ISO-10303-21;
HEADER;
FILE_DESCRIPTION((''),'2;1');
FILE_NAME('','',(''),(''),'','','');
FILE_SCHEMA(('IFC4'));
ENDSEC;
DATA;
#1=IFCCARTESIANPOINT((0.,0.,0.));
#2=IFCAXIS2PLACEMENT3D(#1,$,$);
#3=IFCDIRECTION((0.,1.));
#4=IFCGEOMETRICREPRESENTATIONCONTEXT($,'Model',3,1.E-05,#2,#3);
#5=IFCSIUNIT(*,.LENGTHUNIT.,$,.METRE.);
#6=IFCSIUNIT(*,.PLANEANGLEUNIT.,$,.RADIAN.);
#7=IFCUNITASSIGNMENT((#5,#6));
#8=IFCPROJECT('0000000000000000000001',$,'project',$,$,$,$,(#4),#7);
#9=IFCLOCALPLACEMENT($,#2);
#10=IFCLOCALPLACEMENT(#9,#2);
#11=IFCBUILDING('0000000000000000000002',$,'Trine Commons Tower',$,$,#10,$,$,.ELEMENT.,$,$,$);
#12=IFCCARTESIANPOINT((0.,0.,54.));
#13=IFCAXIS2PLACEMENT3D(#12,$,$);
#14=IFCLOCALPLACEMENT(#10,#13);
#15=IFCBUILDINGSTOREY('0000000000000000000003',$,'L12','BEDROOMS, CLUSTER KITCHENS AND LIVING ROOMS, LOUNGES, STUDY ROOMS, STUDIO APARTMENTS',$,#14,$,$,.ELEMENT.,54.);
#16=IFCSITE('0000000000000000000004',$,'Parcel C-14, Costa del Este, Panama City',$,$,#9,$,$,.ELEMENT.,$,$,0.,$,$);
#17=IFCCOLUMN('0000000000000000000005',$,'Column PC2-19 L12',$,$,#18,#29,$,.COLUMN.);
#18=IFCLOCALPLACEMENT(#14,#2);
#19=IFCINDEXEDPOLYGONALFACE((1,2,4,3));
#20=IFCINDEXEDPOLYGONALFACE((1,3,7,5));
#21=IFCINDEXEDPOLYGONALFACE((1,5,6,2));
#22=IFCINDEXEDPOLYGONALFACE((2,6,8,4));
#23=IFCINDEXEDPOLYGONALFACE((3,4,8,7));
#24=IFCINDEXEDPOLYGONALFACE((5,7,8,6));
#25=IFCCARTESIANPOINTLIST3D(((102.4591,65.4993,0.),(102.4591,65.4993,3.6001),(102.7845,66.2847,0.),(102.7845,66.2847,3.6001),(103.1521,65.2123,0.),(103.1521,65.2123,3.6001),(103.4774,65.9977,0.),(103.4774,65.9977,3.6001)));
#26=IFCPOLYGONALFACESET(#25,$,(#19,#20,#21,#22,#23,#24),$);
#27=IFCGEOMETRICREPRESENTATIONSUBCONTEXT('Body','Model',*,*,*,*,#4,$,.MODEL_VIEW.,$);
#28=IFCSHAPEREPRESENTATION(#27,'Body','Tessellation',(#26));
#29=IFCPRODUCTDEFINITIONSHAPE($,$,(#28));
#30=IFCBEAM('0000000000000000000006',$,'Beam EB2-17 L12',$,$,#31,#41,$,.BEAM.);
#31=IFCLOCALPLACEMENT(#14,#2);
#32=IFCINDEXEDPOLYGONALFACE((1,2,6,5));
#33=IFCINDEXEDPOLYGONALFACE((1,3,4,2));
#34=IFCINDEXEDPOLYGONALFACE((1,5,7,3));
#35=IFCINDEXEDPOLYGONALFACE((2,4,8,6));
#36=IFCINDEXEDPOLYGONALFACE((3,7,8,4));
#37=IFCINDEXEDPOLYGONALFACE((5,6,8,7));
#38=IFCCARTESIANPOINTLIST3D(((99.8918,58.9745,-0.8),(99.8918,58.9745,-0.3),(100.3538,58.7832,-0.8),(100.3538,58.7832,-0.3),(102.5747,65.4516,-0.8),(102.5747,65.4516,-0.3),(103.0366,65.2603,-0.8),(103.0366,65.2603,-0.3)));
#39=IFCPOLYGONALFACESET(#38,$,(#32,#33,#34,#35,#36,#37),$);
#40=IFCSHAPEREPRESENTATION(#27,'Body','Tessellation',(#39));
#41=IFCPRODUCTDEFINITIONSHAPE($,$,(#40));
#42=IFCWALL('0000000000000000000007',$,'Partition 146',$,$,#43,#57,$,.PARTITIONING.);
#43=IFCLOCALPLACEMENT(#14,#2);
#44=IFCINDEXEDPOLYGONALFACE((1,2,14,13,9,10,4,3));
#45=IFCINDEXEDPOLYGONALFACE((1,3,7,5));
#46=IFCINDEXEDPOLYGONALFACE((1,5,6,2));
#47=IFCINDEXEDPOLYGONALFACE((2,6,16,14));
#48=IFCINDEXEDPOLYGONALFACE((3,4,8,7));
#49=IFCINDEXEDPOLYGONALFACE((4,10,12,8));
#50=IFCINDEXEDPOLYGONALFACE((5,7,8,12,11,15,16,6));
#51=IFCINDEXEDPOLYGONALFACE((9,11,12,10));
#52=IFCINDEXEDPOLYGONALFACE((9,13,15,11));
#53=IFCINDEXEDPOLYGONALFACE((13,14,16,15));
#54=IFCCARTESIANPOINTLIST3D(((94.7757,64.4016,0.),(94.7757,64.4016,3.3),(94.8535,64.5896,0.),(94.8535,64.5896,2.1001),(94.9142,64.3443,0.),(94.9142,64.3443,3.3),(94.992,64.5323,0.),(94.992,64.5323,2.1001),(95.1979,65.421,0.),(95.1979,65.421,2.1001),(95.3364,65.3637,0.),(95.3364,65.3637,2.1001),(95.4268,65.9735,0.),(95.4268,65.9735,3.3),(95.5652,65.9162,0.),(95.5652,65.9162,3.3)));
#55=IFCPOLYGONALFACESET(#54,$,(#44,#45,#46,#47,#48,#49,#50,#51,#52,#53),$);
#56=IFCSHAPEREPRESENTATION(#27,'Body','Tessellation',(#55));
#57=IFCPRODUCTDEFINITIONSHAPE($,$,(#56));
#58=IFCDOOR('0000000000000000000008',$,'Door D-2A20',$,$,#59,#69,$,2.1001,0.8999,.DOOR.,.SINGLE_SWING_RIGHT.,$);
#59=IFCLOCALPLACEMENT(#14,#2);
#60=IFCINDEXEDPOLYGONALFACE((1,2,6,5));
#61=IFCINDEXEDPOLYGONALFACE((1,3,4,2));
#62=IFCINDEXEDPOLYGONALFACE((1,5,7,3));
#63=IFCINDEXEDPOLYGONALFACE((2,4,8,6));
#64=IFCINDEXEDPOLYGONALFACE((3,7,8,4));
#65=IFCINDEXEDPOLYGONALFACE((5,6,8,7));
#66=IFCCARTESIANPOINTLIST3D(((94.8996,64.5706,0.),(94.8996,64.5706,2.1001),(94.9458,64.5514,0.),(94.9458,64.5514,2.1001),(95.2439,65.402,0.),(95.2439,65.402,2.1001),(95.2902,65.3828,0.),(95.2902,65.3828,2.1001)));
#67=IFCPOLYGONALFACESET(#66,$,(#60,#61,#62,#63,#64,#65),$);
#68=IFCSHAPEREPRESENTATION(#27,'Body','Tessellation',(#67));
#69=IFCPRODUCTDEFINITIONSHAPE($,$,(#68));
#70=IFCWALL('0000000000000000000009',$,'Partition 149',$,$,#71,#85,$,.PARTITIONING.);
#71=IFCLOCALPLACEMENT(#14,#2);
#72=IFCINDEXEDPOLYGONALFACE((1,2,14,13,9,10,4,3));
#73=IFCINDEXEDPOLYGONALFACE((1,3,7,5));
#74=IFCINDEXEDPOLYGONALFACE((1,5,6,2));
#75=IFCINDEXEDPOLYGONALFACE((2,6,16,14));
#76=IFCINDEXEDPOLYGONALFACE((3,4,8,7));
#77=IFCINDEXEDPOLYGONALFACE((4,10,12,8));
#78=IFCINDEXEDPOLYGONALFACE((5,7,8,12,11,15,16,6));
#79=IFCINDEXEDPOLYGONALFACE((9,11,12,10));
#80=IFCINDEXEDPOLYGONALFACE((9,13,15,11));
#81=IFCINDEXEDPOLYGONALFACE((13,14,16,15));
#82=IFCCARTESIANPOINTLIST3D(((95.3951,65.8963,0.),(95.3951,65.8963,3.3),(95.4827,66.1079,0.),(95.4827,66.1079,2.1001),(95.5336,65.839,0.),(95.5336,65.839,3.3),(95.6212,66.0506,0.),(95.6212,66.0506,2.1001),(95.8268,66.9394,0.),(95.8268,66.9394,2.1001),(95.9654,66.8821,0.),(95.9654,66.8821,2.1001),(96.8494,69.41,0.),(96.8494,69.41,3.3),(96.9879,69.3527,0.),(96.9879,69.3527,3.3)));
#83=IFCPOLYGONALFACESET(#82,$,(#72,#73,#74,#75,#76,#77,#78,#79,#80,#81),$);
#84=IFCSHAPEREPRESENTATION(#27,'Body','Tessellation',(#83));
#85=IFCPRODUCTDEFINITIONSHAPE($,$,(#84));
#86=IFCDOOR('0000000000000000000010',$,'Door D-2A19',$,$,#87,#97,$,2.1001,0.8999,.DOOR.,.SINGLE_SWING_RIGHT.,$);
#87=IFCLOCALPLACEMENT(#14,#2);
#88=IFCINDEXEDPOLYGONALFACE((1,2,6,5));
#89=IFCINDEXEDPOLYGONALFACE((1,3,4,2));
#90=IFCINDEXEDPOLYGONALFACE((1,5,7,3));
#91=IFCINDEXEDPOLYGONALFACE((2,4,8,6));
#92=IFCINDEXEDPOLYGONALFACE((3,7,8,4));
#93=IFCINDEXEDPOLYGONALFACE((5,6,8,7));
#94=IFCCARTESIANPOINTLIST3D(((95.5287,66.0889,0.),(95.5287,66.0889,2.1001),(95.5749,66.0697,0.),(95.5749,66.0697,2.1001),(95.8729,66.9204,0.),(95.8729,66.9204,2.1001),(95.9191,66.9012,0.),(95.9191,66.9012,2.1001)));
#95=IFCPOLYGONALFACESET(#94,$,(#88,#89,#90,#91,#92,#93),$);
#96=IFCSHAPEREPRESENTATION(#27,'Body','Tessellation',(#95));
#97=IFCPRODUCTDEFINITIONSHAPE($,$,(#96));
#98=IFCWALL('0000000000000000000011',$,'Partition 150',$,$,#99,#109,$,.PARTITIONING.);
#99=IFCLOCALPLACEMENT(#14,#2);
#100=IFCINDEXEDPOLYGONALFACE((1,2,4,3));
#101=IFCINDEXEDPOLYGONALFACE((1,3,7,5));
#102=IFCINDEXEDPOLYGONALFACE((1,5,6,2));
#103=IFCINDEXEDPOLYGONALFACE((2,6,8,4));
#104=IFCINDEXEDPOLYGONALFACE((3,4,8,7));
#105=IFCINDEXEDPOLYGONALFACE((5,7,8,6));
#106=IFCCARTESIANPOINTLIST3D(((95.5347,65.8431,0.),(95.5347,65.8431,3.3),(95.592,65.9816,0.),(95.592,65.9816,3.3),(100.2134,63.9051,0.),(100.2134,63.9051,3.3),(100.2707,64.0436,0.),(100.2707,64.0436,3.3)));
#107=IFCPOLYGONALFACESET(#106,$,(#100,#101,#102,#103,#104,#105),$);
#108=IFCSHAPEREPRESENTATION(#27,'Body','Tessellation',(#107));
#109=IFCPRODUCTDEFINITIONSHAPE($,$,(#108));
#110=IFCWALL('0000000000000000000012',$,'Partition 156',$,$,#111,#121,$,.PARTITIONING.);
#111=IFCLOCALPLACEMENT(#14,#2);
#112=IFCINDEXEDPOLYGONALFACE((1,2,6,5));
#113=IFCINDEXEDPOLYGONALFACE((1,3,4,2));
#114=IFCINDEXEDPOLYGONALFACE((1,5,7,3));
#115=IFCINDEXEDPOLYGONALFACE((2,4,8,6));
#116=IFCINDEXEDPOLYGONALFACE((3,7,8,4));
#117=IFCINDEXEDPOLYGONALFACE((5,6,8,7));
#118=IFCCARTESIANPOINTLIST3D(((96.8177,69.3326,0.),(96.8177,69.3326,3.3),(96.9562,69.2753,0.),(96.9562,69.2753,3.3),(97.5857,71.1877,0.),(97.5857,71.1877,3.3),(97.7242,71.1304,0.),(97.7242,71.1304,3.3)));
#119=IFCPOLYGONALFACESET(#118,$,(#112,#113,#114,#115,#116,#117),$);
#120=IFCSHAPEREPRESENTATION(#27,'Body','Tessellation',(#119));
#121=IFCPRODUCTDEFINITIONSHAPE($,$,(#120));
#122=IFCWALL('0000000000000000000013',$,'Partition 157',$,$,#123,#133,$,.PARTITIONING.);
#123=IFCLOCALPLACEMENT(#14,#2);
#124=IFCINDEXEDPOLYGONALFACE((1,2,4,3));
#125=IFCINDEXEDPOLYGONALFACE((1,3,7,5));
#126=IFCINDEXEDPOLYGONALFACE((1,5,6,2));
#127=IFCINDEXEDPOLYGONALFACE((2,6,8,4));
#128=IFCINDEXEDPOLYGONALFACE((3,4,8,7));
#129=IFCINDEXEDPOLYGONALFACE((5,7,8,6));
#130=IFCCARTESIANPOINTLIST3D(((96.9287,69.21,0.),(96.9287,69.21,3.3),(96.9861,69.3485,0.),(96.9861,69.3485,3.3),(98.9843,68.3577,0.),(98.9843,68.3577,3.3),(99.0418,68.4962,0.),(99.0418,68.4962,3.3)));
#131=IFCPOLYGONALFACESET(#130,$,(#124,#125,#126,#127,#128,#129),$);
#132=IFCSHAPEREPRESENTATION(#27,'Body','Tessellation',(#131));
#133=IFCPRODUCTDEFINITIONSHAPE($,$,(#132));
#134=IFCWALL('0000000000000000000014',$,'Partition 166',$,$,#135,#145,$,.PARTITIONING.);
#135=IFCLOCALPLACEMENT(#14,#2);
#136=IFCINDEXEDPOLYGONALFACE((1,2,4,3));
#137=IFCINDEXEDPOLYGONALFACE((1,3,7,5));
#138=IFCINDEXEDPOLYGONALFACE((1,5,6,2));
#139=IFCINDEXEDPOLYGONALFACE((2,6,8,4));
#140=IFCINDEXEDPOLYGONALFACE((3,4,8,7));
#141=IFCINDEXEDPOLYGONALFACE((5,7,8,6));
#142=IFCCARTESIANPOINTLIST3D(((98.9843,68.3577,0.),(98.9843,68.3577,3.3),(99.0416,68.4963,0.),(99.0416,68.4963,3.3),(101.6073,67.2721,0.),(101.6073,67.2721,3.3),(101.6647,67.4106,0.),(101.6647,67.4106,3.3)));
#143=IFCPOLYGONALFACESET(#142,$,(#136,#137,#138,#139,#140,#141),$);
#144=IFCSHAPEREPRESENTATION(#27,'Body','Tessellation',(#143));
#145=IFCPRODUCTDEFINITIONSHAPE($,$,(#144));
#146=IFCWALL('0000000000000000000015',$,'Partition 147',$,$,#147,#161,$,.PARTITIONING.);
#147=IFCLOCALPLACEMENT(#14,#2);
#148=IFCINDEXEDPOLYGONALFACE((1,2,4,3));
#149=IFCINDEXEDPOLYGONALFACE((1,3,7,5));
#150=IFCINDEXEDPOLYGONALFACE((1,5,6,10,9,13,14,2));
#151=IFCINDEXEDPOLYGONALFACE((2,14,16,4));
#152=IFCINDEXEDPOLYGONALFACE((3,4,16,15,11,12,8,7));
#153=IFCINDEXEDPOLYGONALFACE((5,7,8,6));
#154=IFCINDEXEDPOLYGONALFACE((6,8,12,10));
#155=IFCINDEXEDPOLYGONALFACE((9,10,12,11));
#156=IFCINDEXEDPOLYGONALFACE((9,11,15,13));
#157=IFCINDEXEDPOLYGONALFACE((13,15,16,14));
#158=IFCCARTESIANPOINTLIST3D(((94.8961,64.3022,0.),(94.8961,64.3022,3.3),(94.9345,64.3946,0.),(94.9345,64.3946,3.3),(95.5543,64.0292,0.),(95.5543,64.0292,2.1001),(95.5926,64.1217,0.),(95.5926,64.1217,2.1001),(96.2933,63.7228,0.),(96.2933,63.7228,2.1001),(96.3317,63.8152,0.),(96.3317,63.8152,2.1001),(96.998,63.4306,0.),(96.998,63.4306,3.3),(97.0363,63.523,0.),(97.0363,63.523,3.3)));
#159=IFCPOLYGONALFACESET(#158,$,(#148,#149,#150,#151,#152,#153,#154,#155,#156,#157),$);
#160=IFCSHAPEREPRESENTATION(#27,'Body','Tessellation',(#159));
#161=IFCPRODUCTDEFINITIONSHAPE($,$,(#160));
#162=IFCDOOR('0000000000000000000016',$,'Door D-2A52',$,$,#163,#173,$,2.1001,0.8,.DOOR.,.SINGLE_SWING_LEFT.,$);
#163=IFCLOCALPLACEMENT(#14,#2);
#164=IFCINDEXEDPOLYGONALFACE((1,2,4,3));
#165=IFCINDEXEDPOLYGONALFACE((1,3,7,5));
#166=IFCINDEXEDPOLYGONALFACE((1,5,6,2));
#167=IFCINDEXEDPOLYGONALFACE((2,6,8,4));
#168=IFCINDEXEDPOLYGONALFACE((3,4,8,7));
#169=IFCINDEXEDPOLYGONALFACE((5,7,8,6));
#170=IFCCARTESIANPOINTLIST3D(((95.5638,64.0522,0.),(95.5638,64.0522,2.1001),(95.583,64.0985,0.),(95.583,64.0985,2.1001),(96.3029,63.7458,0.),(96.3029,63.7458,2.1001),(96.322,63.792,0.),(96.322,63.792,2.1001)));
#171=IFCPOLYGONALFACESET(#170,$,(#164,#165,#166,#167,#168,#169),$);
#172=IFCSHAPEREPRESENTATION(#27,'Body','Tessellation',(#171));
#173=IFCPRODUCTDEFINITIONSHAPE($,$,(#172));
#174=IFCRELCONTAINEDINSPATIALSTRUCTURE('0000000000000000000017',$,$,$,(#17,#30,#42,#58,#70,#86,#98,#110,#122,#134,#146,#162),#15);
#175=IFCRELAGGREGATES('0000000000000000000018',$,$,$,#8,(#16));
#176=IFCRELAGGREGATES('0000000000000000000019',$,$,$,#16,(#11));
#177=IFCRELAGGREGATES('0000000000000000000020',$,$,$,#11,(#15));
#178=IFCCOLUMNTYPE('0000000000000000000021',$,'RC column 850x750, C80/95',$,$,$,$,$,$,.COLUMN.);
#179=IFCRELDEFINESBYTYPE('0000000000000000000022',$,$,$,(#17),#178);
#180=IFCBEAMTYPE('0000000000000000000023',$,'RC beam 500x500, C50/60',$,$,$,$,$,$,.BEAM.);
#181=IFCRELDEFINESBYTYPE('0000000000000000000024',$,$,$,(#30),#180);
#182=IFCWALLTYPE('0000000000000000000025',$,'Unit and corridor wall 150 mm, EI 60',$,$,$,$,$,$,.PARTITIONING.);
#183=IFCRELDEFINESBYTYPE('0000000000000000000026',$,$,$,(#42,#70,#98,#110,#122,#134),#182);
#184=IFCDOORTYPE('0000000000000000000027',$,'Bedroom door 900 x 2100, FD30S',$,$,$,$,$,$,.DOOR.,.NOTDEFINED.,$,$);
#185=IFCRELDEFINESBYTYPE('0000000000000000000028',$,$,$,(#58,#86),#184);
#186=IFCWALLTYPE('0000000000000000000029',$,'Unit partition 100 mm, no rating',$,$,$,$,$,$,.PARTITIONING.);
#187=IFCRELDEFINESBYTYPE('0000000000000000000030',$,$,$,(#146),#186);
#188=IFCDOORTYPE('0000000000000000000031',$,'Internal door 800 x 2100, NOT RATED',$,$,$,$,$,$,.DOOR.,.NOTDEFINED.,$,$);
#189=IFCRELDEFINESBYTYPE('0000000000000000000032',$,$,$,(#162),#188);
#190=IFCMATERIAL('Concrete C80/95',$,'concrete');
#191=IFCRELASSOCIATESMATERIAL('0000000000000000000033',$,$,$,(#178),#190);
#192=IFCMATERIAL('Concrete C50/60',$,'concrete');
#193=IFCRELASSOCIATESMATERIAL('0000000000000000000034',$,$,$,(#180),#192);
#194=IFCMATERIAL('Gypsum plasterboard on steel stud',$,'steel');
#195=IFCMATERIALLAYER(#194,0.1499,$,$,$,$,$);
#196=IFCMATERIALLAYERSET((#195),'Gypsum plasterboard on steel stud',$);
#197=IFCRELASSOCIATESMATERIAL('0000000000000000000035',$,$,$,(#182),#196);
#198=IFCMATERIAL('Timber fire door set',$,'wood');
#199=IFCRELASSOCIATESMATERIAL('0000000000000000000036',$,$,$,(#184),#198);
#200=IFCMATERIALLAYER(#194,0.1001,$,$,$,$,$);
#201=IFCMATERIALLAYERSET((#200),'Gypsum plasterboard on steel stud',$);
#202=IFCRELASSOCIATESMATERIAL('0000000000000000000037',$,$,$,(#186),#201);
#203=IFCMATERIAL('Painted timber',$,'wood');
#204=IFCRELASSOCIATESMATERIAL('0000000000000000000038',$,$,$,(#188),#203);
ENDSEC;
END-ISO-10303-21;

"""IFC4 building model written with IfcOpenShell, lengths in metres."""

from ifc_helpers import new_model, si_unit, direction, frame, frame_2d, origin, origin_2d, place, context, subcontext, project, spatial, rectangle, extrude, material, layer, layer_set, material_profile, profile_set, type_object, element, fill, save


model = new_model("IFC4")

# Units and contexts
model_context = context("Model", 3, precision=1e-05, world=origin(), true_north=direction((0.0, 1.0)))
body_context = subcontext(model_context, "Body", "Model", "MODEL_VIEW")
ifc_project = project(units=[si_unit("LENGTHUNIT", "METRE"), si_unit("PLANEANGLEUNIT", "RADIAN")], contexts=[model_context])

# Site, building, storey
site_placement = place(None, origin())
site = spatial("IfcSite", under=ifc_project, at=site_placement, Name="Parcel C-14, Costa del Este, Panama City", CompositionType="ELEMENT", RefElevation=0.0)
building_placement = place(site_placement, origin())
building = spatial("IfcBuilding", under=site, at=building_placement, Name="Trine Commons Tower", CompositionType="ELEMENT")
storey_placement = place(building_placement, frame((0.0, 0.0, 54.0)))
storey = spatial("IfcBuildingStorey", under=building, at=storey_placement, Name="L12", Description="BEDROOMS, CLUSTER KITCHENS AND LIVING ROOMS, LOUNGES, STUDY ROOMS, STUDIO APARTMENTS", CompositionType="ELEMENT", Elevation=54.0)

# Column
ifc_material_1 = material(Name="Concrete C80/95", Category="concrete")
ifc_material_profile_1 = material_profile(ifc_material_1, rectangle(XDim=0.8501, YDim=0.75, at=origin_2d()), Name="RC 850x750")
ifc_profile_set_1 = profile_set([ifc_material_profile_1], Name="Concrete C80/95")
column_type = type_object("IfcColumnType", Name="RC column 850x750, C80/95", PredefinedType="COLUMN", material=ifc_profile_set_1)
column_placement = place(storey_placement, frame((102.9683, 65.7485, 0.0), z_axis=(0.0, 0.0, 1.0), x_axis=(0.382683, 0.92388, 0.0)))
element("IfcColumn", 1, at=column_placement, inside=storey, type_object=column_type, Name="Column PC2-19 L12", PredefinedType="COLUMN", context=body_context, shape_type="SweptSolid", body=[
    extrude(rectangle(XDim=0.8501, YDim=0.75, at=origin_2d()), origin(), (0.0, 0.0, 1.0), 3.6001),
])

# Beam
ifc_material_2 = material(Name="Concrete C50/60", Category="concrete")
ifc_material_profile_2 = material_profile(ifc_material_2, rectangle(XDim=0.5, YDim=0.5, at=origin_2d()), Name="RC 500x500")
ifc_profile_set_2 = profile_set([ifc_material_profile_2], Name="Concrete C50/60")
beam_type = type_object("IfcBeamType", Name="RC beam 500x500, C50/60", PredefinedType="BEAM", material=ifc_profile_set_2)
beam_placement = place(storey_placement, frame((102.8057, 65.356, -0.55), z_axis=(-0.382681, -0.923881, 0.0), x_axis=(0.923881, -0.382681, 0.0)))
element("IfcBeam", 2, at=beam_placement, inside=storey, type_object=beam_type, Name="Beam EB2-17 L12", PredefinedType="BEAM", context=body_context, shape_type="SweptSolid", body=[
    extrude(rectangle(XDim=0.5, YDim=0.5, at=origin_2d()), origin(), (0.0, 0.0, 1.0), 7.0107),
])

# Walls, openings, doors
ifc_material_3 = material(Name="Gypsum plasterboard on steel stud", Category="steel")
ifc_layer_1 = layer(ifc_material_3, 0.1499)
ifc_layer_set_1 = layer_set([ifc_layer_1], Name="Gypsum plasterboard on steel stud")
wall_type_1 = type_object("IfcWallType", Name="Unit and corridor wall 150 mm, EI 60", PredefinedType="PARTITIONING", material=ifc_layer_set_1)
wall_1_placement = place(storey_placement, frame((94.845, 64.373, 0.0), z_axis=(0.0, 0.0, 1.0), x_axis=(0.382669, 0.923886, 0.0)))
wall_1 = element("IfcWall", 3, at=wall_1_placement, inside=storey, type_object=wall_type_1, Name="Partition 146", PredefinedType="PARTITIONING", context=body_context, shape_type="SweptSolid", body=[
    extrude(rectangle(XDim=1.7014, YDim=0.1499, at=frame_2d((0.8506, 0.0))), origin(), (0.0, 0.0, 1.0), 3.3),
])
opening_1_placement = place(wall_1_placement, frame((0.2034, 0.0, 0.0)))
opening_1 = element("IfcOpeningElement", 4, at=opening_1_placement, cuts=wall_1, PredefinedType="OPENING", context=body_context, shape_type="SweptSolid", body=[
    extrude(rectangle(XDim=0.8999, YDim=2.1001, at=frame_2d((0.45, 1.05))), frame((0.0, 0.085, 0.0), z_axis=(0.0, -1.0, 0.0), x_axis=(1.0, 0.0, 0.0)), (0.0, 0.0, 1.0), 0.1699),
])
ifc_material_4 = material(Name="Timber fire door set", Category="wood")
door_type_1 = type_object("IfcDoorType", Name="Bedroom door 900 x 2100, FD30S", OperationType="NOTDEFINED", PredefinedType="DOOR", material=ifc_material_4)
door_1_placement = place(opening_1_placement, frame((0.8999, 0.0, 0.0), z_axis=(0.0, 0.0, 1.0), x_axis=(-1.0, 0.0, 0.0)))
door_1 = element("IfcDoor", 5, at=door_1_placement, inside=storey, type_object=door_type_1, Name="Door D-2A20", OperationType="SINGLE_SWING_RIGHT", OverallHeight=2.1001, OverallWidth=0.8999, PredefinedType="DOOR", context=body_context, shape_type="SweptSolid", body=[
    extrude(rectangle(XDim=0.8999, YDim=2.1001, at=frame_2d((0.45, 1.05))), frame((0.0, 0.0249, 0.0), z_axis=(0.0, -1.0, 0.0), x_axis=(1.0, 0.0, 0.0)), (0.0, 0.0, 1.0), 0.05),
])
fill(opening_1, door_1)
wall_2_placement = place(storey_placement, frame((95.4644, 65.8677, 0.0), z_axis=(0.0, 0.0, 1.0), x_axis=(0.382444, 0.923979, 0.0)))
wall_2 = element("IfcWall", 6, at=wall_2_placement, inside=storey, type_object=wall_type_1, Name="Partition 149", PredefinedType="PARTITIONING", context=body_context, shape_type="SweptSolid", body=[
    extrude(rectangle(XDim=3.8027, YDim=0.1499, at=frame_2d((1.9014, 0.0))), origin(), (0.0, 0.0, 1.0), 3.3),
])
opening_2_placement = place(wall_2_placement, frame((0.229, 0.0, 0.0)))
opening_2 = element("IfcOpeningElement", 7, at=opening_2_placement, cuts=wall_2, PredefinedType="OPENING", context=body_context, shape_type="SweptSolid", body=[
    extrude(rectangle(XDim=0.8999, YDim=2.1001, at=frame_2d((0.45, 1.05))), frame((0.0, 0.085, 0.0), z_axis=(0.0, -1.0, 0.0), x_axis=(1.0, 0.0, 0.0)), (0.0, 0.0, 1.0), 0.1699),
])
door_2_placement = place(opening_2_placement, frame((0.8999, 0.0, 0.0), z_axis=(0.0, 0.0, 1.0), x_axis=(-1.0, 0.0, 0.0)))
door_2 = element("IfcDoor", 8, at=door_2_placement, inside=storey, type_object=door_type_1, Name="Door D-2A19", OperationType="SINGLE_SWING_RIGHT", OverallHeight=2.1001, OverallWidth=0.8999, PredefinedType="DOOR", context=body_context, shape_type="SweptSolid", body=[
    extrude(rectangle(XDim=0.8999, YDim=2.1001, at=frame_2d((0.45, 1.05))), frame((0.0, 0.0249, 0.0), z_axis=(0.0, -1.0, 0.0), x_axis=(1.0, 0.0, 0.0)), (0.0, 0.0, 1.0), 0.05),
])
fill(opening_2, door_2)

# Walls
wall_3_placement = place(storey_placement, frame((95.5632, 65.9124, 0.0), z_axis=(0.0, 0.0, 1.0), x_axis=(0.923879, -0.382684, 0.0)))
element("IfcWall", 9, at=wall_3_placement, inside=storey, type_object=wall_type_1, Name="Partition 150", PredefinedType="PARTITIONING", context=body_context, shape_type="SweptSolid", body=[
    extrude(rectangle(XDim=5.0642, YDim=0.1499, at=frame_2d((2.5322, 0.0))), origin(), (0.0, 0.0, 1.0), 3.3),
])
wall_4_placement = place(storey_placement, frame((96.887, 69.304, 0.0), z_axis=(0.0, 0.0, 1.0), x_axis=(0.382516, 0.923949, 0.0)))
element("IfcWall", 10, at=wall_4_placement, inside=storey, type_object=wall_type_1, Name="Partition 156", PredefinedType="PARTITIONING", context=body_context, shape_type="SweptSolid", body=[
    extrude(rectangle(XDim=2.0078, YDim=0.1499, at=frame_2d((1.0039, 0.0))), origin(), (0.0, 0.0, 1.0), 3.3),
])
wall_5_placement = place(storey_placement, frame((96.9573, 69.2793, 0.0), z_axis=(0.0, 0.0, 1.0), x_axis=(0.923751, -0.382994, 0.0)))
element("IfcWall", 11, at=wall_5_placement, inside=storey, type_object=wall_type_1, Name="Partition 157", PredefinedType="PARTITIONING", context=body_context, shape_type="SweptSolid", body=[
    extrude(rectangle(XDim=2.2253, YDim=0.1499, at=frame_2d((1.1128, 0.0))), origin(), (0.0, 0.0, 1.0), 3.3),
])
wall_6_placement = place(storey_placement, frame((99.0129, 68.427, 0.0), z_axis=(0.0, 0.0, 1.0), x_axis=(0.92398, -0.38244, 0.0)))
element("IfcWall", 12, at=wall_6_placement, inside=storey, type_object=wall_type_1, Name="Partition 166", PredefinedType="PARTITIONING", context=body_context, shape_type="SweptSolid", body=[
    extrude(rectangle(XDim=2.8389, YDim=0.1499, at=frame_2d((1.4194, 0.0))), origin(), (0.0, 0.0, 1.0), 3.3),
])

# Wall, opening, door
ifc_layer_2 = layer(ifc_material_3, 0.1001)
ifc_layer_set_2 = layer_set([ifc_layer_2], Name="Gypsum plasterboard on steel stud")
wall_type_2 = type_object("IfcWallType", Name="Unit partition 100 mm, no rating", PredefinedType="PARTITIONING", material=ifc_layer_set_2)
wall_7_placement = place(storey_placement, frame((94.9153, 64.3484, 0.0), z_axis=(0.0, 0.0, 1.0), x_axis=(0.923726, -0.383053, 0.0)))
wall_7 = element("IfcWall", 13, at=wall_7_placement, inside=storey, type_object=wall_type_2, Name="Partition 147", PredefinedType="PARTITIONING", context=body_context, shape_type="SweptSolid", body=[
    extrude(rectangle(XDim=2.2754, YDim=0.1001, at=frame_2d((1.1377, 0.0))), origin(), (0.0, 0.0, 1.0), 3.3),
])
opening_3_placement = place(wall_7_placement, frame((0.7126, 0.0, 0.0)))
opening_3 = element("IfcOpeningElement", 14, at=opening_3_placement, cuts=wall_7, PredefinedType="OPENING", context=body_context, shape_type="SweptSolid", body=[
    extrude(rectangle(XDim=0.8, YDim=2.1001, at=frame_2d((0.3999, 1.05))), frame((0.0, 0.0601, 0.0), z_axis=(0.0, -1.0, 0.0), x_axis=(1.0, 0.0, 0.0)), (0.0, 0.0, 1.0), 0.1201),
])
ifc_material_5 = material(Name="Painted timber", Category="wood")
door_type_2 = type_object("IfcDoorType", Name="Internal door 800 x 2100, NOT RATED", OperationType="NOTDEFINED", PredefinedType="DOOR", material=ifc_material_5)
door_3_placement = place(opening_3_placement, origin())
door_3 = element("IfcDoor", 15, at=door_3_placement, inside=storey, type_object=door_type_2, Name="Door D-2A52", OperationType="SINGLE_SWING_LEFT", OverallHeight=2.1001, OverallWidth=0.8, PredefinedType="DOOR", context=body_context, shape_type="SweptSolid", body=[
    extrude(rectangle(XDim=0.8, YDim=2.1001, at=frame_2d((0.3999, 1.05))), frame((0.0, 0.0249, 0.0), z_axis=(0.0, -1.0, 0.0), x_axis=(1.0, 0.0, 0.0)), (0.0, 0.0, 1.0), 0.05),
])
fill(opening_3, door_3)

save(model, "model.ifc")
